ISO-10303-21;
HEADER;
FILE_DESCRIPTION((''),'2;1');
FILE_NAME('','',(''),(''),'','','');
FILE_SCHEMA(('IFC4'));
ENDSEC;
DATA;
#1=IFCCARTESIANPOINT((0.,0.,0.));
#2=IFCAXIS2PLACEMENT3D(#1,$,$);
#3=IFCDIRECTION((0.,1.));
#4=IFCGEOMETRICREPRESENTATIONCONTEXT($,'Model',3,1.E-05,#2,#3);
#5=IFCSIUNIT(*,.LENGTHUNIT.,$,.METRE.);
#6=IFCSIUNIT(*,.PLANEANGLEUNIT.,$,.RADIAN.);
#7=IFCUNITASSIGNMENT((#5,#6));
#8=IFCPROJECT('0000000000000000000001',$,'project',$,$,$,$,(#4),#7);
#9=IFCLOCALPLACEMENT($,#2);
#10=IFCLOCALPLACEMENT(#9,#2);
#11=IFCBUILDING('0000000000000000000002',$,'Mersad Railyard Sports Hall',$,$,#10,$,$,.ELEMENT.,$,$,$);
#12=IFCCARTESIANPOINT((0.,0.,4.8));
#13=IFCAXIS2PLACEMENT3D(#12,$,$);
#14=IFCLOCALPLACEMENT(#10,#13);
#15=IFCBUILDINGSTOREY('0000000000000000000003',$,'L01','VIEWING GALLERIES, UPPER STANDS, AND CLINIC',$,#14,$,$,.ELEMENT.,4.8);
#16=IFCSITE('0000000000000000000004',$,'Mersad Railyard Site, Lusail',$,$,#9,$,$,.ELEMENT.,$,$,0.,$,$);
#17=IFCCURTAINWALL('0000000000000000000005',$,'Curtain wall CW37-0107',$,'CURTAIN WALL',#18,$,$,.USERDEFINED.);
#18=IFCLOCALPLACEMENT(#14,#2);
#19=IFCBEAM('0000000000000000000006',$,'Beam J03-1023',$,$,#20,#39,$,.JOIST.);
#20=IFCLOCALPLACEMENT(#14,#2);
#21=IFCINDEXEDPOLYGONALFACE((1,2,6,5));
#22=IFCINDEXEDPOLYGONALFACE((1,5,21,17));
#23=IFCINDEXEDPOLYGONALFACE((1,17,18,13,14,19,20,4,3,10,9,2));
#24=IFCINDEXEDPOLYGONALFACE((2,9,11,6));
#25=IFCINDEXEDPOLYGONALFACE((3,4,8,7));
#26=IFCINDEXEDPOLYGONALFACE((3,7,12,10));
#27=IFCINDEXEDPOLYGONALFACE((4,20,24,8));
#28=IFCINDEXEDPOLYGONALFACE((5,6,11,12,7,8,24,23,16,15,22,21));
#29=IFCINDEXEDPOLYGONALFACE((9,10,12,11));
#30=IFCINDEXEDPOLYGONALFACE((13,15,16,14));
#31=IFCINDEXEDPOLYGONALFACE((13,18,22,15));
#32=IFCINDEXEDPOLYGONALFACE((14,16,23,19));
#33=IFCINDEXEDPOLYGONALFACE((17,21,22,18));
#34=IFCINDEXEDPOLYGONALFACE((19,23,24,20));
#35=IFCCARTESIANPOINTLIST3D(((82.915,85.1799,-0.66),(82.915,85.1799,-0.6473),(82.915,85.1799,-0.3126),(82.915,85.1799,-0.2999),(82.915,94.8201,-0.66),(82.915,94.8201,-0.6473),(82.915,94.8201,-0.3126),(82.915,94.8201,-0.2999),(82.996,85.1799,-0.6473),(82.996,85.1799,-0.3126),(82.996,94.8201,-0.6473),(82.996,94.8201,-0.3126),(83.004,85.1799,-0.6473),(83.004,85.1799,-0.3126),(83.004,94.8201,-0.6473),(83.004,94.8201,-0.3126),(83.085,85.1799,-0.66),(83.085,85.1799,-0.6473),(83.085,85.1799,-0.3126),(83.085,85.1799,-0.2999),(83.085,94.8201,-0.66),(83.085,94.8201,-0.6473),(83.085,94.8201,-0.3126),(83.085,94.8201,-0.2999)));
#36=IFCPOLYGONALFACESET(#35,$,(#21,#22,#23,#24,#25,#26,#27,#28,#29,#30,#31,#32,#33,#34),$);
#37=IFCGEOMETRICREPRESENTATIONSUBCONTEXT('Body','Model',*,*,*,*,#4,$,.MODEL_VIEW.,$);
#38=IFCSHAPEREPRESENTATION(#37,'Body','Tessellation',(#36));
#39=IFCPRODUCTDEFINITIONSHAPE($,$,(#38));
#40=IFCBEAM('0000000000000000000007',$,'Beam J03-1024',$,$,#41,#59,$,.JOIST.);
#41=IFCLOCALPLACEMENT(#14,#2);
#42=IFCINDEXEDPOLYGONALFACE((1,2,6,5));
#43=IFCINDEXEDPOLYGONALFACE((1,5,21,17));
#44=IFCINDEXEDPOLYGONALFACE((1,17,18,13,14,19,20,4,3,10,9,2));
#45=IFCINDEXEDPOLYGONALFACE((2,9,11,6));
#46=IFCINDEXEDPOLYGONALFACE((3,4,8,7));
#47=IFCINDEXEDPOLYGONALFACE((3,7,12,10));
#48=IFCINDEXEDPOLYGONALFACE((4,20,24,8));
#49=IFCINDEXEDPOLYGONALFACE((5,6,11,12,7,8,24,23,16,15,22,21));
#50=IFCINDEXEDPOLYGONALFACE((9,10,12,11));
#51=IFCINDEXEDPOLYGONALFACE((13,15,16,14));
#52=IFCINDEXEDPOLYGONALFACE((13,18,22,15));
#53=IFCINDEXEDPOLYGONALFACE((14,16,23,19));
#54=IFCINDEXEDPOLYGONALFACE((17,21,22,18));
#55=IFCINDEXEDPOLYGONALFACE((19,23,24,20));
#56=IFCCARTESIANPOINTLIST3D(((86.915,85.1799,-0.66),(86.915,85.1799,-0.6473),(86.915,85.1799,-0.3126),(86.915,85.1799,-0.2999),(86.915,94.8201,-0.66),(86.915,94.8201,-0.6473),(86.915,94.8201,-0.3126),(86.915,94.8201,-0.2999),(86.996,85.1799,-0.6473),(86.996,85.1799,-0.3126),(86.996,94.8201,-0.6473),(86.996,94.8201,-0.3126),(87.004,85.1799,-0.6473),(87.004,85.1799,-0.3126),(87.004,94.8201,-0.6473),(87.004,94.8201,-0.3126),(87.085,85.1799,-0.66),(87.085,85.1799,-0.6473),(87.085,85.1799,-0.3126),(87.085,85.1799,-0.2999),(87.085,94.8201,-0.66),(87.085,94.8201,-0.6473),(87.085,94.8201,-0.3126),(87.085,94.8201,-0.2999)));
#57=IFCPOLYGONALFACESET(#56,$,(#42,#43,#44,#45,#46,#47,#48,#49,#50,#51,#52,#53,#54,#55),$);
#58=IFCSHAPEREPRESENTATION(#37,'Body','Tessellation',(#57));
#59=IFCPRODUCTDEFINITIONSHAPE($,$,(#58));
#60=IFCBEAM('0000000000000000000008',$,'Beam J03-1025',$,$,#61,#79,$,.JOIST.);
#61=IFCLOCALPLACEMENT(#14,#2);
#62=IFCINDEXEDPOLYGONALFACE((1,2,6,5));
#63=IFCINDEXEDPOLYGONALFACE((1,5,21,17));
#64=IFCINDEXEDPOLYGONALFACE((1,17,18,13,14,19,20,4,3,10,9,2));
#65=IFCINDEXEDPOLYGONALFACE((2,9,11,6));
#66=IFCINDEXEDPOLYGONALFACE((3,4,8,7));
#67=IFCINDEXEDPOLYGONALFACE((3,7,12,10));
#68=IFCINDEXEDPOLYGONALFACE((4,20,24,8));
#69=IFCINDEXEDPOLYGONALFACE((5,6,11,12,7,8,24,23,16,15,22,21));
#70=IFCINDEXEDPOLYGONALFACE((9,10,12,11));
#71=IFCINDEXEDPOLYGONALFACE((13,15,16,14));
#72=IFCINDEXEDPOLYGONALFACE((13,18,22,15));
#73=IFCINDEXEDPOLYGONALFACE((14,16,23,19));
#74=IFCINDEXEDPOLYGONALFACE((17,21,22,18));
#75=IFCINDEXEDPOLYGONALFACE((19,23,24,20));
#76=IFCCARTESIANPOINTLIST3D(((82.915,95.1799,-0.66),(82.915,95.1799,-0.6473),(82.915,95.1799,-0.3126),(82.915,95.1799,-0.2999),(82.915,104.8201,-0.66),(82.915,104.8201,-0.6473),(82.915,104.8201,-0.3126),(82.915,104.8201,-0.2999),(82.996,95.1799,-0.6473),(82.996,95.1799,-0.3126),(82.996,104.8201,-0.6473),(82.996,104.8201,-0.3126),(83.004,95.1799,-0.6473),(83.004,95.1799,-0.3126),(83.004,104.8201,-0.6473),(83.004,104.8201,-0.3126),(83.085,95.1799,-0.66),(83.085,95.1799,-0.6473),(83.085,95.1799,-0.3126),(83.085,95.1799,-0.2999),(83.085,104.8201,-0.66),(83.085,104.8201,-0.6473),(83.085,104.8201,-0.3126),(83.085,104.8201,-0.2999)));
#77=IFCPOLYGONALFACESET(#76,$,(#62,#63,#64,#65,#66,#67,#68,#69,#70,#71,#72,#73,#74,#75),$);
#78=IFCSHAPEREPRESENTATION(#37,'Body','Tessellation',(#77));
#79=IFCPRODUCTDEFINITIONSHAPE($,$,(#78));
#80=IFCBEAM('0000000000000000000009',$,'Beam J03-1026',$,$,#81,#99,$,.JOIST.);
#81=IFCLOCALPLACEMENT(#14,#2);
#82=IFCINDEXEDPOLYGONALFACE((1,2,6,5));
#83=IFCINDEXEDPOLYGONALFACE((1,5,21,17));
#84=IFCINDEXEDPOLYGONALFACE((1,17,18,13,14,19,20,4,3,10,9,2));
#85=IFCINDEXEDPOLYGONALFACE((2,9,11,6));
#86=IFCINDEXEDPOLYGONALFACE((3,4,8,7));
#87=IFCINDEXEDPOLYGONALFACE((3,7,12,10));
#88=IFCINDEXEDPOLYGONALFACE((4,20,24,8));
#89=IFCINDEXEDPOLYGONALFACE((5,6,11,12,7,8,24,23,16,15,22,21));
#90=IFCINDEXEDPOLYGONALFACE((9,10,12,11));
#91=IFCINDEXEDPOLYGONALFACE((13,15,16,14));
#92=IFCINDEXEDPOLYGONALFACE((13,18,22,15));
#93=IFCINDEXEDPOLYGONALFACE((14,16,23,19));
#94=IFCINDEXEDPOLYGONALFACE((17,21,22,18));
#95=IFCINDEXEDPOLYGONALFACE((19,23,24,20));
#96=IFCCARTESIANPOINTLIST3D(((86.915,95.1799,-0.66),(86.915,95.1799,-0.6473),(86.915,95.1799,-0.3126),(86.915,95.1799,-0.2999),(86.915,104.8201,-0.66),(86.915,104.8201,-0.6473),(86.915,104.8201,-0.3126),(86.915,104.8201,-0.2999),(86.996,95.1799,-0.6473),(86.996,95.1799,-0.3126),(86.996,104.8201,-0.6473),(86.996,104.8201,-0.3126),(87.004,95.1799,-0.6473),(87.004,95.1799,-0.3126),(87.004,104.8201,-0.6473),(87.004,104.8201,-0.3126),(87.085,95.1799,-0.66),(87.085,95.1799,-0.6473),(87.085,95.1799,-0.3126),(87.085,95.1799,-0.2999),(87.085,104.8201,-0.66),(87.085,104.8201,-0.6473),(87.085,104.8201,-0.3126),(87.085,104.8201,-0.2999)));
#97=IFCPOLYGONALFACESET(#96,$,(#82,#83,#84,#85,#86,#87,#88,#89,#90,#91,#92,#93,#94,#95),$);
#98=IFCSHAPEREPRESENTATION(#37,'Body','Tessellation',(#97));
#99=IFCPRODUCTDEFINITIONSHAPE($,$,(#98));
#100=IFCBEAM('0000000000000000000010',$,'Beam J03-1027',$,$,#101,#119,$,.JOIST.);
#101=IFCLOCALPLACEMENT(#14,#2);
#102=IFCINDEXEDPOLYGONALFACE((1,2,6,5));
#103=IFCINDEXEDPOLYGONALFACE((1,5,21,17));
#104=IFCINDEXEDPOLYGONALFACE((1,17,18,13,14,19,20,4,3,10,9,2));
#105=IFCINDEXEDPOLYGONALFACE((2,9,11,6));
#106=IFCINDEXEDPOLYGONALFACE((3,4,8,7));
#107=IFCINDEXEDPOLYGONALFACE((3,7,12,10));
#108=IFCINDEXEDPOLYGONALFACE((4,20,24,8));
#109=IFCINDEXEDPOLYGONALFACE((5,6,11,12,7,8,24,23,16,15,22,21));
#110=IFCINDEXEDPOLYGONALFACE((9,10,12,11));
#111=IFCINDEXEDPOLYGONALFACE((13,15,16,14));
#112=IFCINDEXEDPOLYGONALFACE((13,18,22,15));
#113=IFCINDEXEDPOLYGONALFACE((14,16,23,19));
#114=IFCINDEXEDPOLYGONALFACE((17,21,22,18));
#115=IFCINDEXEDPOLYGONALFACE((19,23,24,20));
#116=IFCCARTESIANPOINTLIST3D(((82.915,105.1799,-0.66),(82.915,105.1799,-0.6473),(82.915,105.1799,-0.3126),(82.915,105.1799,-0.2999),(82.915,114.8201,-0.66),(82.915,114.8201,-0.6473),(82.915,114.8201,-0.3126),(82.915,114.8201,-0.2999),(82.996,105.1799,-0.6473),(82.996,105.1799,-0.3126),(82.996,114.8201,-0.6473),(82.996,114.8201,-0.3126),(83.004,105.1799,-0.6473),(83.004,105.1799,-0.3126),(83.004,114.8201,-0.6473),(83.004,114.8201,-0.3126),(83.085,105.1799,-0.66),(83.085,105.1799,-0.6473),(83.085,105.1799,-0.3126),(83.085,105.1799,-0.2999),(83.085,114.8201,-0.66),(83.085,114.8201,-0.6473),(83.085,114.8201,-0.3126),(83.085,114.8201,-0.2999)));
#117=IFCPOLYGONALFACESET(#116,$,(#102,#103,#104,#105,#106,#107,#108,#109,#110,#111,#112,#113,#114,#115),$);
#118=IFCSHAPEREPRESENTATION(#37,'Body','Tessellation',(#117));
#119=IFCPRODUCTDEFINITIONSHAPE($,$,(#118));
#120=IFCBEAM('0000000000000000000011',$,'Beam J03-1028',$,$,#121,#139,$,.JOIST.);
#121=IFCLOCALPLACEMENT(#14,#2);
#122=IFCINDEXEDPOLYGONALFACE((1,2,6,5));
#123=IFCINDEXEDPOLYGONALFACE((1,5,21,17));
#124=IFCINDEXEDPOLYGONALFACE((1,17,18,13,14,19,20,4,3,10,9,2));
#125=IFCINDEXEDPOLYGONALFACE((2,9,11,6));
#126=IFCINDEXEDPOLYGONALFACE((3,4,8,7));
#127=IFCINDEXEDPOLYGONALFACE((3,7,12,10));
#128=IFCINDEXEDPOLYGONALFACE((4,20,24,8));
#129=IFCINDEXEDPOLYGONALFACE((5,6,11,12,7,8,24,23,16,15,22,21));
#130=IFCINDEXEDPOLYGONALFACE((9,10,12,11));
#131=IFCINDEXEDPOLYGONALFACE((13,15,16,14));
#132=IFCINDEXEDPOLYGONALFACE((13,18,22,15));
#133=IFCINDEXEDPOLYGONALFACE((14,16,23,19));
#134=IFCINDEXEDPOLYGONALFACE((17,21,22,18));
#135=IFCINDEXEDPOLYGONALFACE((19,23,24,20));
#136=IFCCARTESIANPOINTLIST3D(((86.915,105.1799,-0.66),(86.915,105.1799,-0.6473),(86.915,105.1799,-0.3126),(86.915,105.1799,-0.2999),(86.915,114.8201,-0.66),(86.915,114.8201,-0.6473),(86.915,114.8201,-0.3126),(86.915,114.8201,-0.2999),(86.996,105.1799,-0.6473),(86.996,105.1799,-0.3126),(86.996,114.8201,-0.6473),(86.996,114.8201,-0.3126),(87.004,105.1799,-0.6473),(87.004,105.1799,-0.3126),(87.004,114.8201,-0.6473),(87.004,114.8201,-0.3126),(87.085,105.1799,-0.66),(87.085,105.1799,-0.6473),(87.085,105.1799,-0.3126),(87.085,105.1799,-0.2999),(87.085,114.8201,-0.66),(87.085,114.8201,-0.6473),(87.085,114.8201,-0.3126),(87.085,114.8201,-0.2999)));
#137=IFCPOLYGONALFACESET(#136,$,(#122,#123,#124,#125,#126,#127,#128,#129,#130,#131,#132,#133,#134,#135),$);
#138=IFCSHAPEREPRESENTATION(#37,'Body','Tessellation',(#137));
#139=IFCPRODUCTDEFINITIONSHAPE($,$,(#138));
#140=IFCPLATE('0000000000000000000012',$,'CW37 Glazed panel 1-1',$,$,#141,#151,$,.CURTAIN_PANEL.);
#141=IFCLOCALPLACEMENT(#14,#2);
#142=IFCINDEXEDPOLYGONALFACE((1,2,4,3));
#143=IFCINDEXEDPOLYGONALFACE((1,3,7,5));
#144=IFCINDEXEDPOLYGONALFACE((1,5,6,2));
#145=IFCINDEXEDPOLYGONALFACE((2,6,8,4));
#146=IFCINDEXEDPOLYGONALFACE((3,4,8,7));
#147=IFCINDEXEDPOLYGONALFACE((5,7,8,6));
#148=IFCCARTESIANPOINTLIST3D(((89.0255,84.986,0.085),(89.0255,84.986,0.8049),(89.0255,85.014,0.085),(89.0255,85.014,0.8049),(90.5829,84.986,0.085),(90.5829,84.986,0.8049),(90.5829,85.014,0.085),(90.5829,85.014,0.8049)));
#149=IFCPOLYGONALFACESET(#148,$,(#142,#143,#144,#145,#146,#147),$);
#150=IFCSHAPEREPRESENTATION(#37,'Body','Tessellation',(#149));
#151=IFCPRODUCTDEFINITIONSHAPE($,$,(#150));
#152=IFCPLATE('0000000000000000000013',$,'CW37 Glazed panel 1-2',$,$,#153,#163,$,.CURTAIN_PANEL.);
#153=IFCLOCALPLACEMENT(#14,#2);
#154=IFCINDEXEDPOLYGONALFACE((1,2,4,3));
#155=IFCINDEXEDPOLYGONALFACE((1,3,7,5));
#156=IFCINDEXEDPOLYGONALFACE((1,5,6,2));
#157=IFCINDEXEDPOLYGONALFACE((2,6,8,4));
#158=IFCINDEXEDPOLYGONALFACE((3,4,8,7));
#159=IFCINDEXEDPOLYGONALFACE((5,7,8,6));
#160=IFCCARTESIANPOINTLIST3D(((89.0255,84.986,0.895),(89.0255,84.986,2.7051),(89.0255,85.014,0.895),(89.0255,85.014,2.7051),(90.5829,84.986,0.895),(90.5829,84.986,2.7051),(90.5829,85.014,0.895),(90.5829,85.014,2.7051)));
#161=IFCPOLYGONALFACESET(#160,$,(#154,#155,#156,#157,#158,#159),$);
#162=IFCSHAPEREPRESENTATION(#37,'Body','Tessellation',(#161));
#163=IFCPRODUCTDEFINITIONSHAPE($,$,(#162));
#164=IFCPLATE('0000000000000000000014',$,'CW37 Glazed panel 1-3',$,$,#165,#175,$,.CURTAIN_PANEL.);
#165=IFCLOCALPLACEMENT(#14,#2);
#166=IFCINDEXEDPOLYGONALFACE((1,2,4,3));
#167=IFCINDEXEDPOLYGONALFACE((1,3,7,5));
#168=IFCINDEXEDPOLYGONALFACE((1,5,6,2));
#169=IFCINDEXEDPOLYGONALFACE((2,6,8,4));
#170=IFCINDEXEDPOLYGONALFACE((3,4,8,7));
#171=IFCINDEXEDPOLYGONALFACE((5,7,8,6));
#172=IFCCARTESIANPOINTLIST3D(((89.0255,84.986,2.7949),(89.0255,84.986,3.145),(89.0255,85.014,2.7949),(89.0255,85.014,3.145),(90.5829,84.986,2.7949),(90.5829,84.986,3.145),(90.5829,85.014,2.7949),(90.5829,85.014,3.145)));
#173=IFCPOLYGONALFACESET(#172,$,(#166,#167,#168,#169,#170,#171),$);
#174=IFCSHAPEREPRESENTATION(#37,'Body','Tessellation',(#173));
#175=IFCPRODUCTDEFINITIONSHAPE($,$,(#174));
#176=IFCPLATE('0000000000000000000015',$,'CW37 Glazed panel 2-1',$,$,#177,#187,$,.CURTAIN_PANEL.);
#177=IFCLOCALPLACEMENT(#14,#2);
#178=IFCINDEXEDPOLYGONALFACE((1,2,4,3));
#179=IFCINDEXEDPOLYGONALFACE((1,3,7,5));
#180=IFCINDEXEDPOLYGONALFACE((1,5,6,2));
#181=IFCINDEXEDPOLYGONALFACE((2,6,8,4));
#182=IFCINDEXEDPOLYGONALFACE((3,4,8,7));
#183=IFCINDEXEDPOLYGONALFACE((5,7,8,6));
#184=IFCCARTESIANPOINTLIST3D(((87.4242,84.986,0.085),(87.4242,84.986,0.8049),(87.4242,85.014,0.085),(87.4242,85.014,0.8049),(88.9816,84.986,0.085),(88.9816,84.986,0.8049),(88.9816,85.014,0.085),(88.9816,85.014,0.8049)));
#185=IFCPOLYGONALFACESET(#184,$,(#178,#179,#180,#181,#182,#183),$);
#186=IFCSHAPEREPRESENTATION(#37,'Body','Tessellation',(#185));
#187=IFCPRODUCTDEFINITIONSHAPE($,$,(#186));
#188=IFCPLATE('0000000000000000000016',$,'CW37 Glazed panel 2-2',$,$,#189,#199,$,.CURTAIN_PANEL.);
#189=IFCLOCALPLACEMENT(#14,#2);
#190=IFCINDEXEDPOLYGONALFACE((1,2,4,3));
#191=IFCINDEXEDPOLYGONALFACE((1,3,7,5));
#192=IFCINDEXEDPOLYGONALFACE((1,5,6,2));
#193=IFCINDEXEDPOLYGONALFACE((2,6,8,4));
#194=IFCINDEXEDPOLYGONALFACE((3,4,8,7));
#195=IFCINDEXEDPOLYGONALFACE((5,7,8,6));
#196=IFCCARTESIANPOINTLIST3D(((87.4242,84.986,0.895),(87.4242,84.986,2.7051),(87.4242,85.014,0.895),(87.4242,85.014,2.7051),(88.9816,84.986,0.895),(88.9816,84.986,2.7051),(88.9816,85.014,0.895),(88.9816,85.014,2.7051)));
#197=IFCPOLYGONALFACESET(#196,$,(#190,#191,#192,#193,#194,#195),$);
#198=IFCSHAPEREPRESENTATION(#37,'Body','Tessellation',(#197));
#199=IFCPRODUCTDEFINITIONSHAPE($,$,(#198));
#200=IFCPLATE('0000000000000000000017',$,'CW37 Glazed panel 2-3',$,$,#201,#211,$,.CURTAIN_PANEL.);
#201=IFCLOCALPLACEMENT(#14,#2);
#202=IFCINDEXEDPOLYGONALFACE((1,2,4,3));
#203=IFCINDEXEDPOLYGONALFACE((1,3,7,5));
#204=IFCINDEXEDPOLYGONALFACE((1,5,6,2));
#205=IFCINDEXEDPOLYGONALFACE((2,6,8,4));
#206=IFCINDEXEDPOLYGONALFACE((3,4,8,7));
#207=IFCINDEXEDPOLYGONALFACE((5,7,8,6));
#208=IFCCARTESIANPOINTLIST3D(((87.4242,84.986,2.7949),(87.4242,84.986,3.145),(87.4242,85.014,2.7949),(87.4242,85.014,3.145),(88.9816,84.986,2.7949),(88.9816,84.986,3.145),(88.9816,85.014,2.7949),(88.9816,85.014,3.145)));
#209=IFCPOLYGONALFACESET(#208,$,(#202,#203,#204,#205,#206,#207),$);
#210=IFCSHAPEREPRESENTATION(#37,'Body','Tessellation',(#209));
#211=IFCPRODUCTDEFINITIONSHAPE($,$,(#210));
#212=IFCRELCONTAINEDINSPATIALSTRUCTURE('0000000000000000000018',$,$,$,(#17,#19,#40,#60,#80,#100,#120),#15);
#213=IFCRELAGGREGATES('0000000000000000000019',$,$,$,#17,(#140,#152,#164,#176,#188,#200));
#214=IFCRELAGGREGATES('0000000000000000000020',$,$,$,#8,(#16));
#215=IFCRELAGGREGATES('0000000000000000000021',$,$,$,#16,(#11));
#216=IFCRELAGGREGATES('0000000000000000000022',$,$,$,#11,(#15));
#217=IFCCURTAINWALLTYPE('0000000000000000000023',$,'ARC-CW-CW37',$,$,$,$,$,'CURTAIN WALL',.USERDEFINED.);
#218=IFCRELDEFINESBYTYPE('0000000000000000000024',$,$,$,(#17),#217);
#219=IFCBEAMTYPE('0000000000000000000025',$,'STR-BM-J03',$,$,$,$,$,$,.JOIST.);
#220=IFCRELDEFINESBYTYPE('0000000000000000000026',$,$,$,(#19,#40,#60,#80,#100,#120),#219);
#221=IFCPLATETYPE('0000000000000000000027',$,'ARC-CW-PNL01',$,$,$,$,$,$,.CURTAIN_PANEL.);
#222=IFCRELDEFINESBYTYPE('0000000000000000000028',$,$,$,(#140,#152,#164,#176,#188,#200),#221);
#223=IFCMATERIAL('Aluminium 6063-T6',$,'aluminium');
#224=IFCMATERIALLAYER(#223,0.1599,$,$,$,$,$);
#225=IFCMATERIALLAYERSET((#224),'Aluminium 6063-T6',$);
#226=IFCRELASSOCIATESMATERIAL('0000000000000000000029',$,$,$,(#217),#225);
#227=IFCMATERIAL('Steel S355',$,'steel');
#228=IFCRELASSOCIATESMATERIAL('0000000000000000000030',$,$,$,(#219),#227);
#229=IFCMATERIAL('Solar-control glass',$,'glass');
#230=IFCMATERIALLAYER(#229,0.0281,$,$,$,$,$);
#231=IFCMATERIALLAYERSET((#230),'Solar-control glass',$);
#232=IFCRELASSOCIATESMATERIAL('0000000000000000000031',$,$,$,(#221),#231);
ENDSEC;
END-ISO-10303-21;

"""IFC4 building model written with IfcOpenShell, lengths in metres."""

from ifc_helpers import new_model, si_unit, direction, frame, origin, origin_2d, place, context, subcontext, project, spatial, rectangle, i_section, extrude, material, layer, layer_set, material_profile, profile_set, type_object, element, aggregate, save


model = new_model("IFC4")

# Units and contexts
model_context = context("Model", 3, precision=1e-05, world=origin(), true_north=direction((0.0, 1.0)))
body_context = subcontext(model_context, "Body", "Model", "MODEL_VIEW")
ifc_project = project(units=[si_unit("LENGTHUNIT", "METRE"), si_unit("PLANEANGLEUNIT", "RADIAN")], contexts=[model_context])

# Site, building, storey
site_placement = place(None, origin())
site = spatial("IfcSite", under=ifc_project, at=site_placement, Name="Mersad Railyard Site, Lusail", CompositionType="ELEMENT", RefElevation=0.0)
building_placement = place(site_placement, origin())
building = spatial("IfcBuilding", under=site, at=building_placement, Name="Mersad Railyard Sports Hall", CompositionType="ELEMENT")
storey_placement = place(building_placement, frame((0.0, 0.0, 4.8)))
storey = spatial("IfcBuildingStorey", under=building, at=storey_placement, Name="L01", Description="VIEWING GALLERIES, UPPER STANDS, AND CLINIC", CompositionType="ELEMENT", Elevation=4.8)

# Curtain wall
ifc_material_1 = material(Name="Aluminium 6063-T6", Category="aluminium")
ifc_layer_1 = layer(ifc_material_1, 0.1599)
ifc_layer_set_1 = layer_set([ifc_layer_1], Name="Aluminium 6063-T6")
curtain_wall_type = type_object("IfcCurtainWallType", Name="ARC-CW-CW37", ElementType="CURTAIN WALL", PredefinedType="USERDEFINED", material=ifc_layer_set_1)
curtain_wall_placement = place(storey_placement, origin())
curtain_wall = element("IfcCurtainWall", 1, at=curtain_wall_placement, inside=storey, type_object=curtain_wall_type, Name="Curtain wall CW37-0107", ObjectType="CURTAIN WALL", PredefinedType="USERDEFINED")

# Beams
ifc_material_2 = material(Name="Steel S355", Category="steel")
ifc_material_profile_1 = material_profile(ifc_material_2, i_section(OverallWidth=0.1699, OverallDepth=0.3601, WebThickness=0.0081, FlangeThickness=0.0127, at=origin_2d()), Name="IPE 360")
ifc_profile_set_1 = profile_set([ifc_material_profile_1], Name="Steel S355")
beam_type_1 = type_object("IfcBeamType", Name="STR-BM-J03", PredefinedType="JOIST", material=ifc_profile_set_1)
for number, where, z_axis, x_axis, name in (
    (2, (83.0, 85.1799, -0.48), (0.0, 1.0, 0.0), (-1.0, 0.0, 0.0), "Beam J03-1023"),
    (3, (87.0, 85.1799, -0.48), (0.0, 1.0, 0.0), (-1.0, 0.0, 0.0), "Beam J03-1024"),
    (4, (83.0, 95.1799, -0.48), (0.0, 1.0, 0.0), (-1.0, 0.0, 0.0), "Beam J03-1025"),
    (5, (87.0, 95.1799, -0.48), (0.0, 1.0, 0.0), (-1.0, 0.0, 0.0), "Beam J03-1026"),
    (6, (83.0, 105.1799, -0.48), (0.0, 1.0, 0.0), (-1.0, 0.0, 0.0), "Beam J03-1027"),
    (7, (87.0, 105.1799, -0.48), (0.0, 1.0, 0.0), (-1.0, 0.0, 0.0), "Beam J03-1028"),
):
    element("IfcBeam", number, at=place(storey_placement, frame(where, z_axis=z_axis, x_axis=x_axis)), inside=storey, type_object=beam_type_1, Name=name, PredefinedType="JOIST", context=body_context, shape_type="SweptSolid", body=[
        extrude(i_section(OverallWidth=0.1699, OverallDepth=0.3601, WebThickness=0.0081, FlangeThickness=0.0127, at=origin_2d()), origin(), (0.0, 0.0, 1.0), 9.6401),
    ])

# Plates
ifc_material_3 = material(Name="Solar-control glass", Category="glass")
ifc_layer_2 = layer(ifc_material_3, 0.0281)
ifc_layer_set_2 = layer_set([ifc_layer_2], Name="Solar-control glass")
plate_type = type_object("IfcPlateType", Name="ARC-CW-PNL01", PredefinedType="CURTAIN_PANEL", material=ifc_layer_set_2)
plate_1_placement = place(storey_placement, frame((89.8042, 85.0, 0.085), z_axis=(0.0, 0.0, 1.0), x_axis=(-1.0, 0.0, 0.0)))
plate_1 = element("IfcPlate", 8, at=plate_1_placement, type_object=plate_type, Name="CW37 Glazed panel 1-1", PredefinedType="CURTAIN_PANEL", context=body_context, shape_type="SweptSolid", body=[
    extrude(rectangle(XDim=1.5574, YDim=0.0281, at=origin_2d()), origin(), (0.0, 0.0, 1.0), 0.72),
])
plate_2_placement = place(storey_placement, frame((89.8042, 85.0, 0.895), z_axis=(0.0, 0.0, 1.0), x_axis=(-1.0, 0.0, 0.0)))
plate_2 = element("IfcPlate", 9, at=plate_2_placement, type_object=plate_type, Name="CW37 Glazed panel 1-2", PredefinedType="CURTAIN_PANEL", context=body_context, shape_type="SweptSolid", body=[
    extrude(rectangle(XDim=1.5574, YDim=0.0281, at=origin_2d()), origin(), (0.0, 0.0, 1.0), 1.8101),
])
plate_3_placement = place(storey_placement, frame((89.8042, 85.0, 2.7949), z_axis=(0.0, 0.0, 1.0), x_axis=(-1.0, 0.0, 0.0)))
plate_3 = element("IfcPlate", 10, at=plate_3_placement, type_object=plate_type, Name="CW37 Glazed panel 1-3", PredefinedType="CURTAIN_PANEL", context=body_context, shape_type="SweptSolid", body=[
    extrude(rectangle(XDim=1.5574, YDim=0.0281, at=origin_2d()), origin(), (0.0, 0.0, 1.0), 0.3501),
])
plate_4_placement = place(storey_placement, frame((88.2029, 85.0, 0.085), z_axis=(0.0, 0.0, 1.0), x_axis=(-1.0, 0.0, 0.0)))
plate_4 = element("IfcPlate", 11, at=plate_4_placement, type_object=plate_type, Name="CW37 Glazed panel 2-1", PredefinedType="CURTAIN_PANEL", context=body_context, shape_type="SweptSolid", body=[
    extrude(rectangle(XDim=1.5574, YDim=0.0281, at=origin_2d()), origin(), (0.0, 0.0, 1.0), 0.72),
])
plate_5_placement = place(storey_placement, frame((88.2029, 85.0, 0.895), z_axis=(0.0, 0.0, 1.0), x_axis=(-1.0, 0.0, 0.0)))
plate_5 = element("IfcPlate", 12, at=plate_5_placement, type_object=plate_type, Name="CW37 Glazed panel 2-2", PredefinedType="CURTAIN_PANEL", context=body_context, shape_type="SweptSolid", body=[
    extrude(rectangle(XDim=1.5574, YDim=0.0281, at=origin_2d()), origin(), (0.0, 0.0, 1.0), 1.8101),
])
plate_6_placement = place(storey_placement, frame((88.2029, 85.0, 2.7949), z_axis=(0.0, 0.0, 1.0), x_axis=(-1.0, 0.0, 0.0)))
plate_6 = element("IfcPlate", 13, at=plate_6_placement, type_object=plate_type, Name="CW37 Glazed panel 2-3", PredefinedType="CURTAIN_PANEL", context=body_context, shape_type="SweptSolid", body=[
    extrude(rectangle(XDim=1.5574, YDim=0.0281, at=origin_2d()), origin(), (0.0, 0.0, 1.0), 0.3501),
])
aggregate(curtain_wall, [plate_1, plate_2, plate_3, plate_4, plate_5, plate_6])

save(model, "model.ifc")
